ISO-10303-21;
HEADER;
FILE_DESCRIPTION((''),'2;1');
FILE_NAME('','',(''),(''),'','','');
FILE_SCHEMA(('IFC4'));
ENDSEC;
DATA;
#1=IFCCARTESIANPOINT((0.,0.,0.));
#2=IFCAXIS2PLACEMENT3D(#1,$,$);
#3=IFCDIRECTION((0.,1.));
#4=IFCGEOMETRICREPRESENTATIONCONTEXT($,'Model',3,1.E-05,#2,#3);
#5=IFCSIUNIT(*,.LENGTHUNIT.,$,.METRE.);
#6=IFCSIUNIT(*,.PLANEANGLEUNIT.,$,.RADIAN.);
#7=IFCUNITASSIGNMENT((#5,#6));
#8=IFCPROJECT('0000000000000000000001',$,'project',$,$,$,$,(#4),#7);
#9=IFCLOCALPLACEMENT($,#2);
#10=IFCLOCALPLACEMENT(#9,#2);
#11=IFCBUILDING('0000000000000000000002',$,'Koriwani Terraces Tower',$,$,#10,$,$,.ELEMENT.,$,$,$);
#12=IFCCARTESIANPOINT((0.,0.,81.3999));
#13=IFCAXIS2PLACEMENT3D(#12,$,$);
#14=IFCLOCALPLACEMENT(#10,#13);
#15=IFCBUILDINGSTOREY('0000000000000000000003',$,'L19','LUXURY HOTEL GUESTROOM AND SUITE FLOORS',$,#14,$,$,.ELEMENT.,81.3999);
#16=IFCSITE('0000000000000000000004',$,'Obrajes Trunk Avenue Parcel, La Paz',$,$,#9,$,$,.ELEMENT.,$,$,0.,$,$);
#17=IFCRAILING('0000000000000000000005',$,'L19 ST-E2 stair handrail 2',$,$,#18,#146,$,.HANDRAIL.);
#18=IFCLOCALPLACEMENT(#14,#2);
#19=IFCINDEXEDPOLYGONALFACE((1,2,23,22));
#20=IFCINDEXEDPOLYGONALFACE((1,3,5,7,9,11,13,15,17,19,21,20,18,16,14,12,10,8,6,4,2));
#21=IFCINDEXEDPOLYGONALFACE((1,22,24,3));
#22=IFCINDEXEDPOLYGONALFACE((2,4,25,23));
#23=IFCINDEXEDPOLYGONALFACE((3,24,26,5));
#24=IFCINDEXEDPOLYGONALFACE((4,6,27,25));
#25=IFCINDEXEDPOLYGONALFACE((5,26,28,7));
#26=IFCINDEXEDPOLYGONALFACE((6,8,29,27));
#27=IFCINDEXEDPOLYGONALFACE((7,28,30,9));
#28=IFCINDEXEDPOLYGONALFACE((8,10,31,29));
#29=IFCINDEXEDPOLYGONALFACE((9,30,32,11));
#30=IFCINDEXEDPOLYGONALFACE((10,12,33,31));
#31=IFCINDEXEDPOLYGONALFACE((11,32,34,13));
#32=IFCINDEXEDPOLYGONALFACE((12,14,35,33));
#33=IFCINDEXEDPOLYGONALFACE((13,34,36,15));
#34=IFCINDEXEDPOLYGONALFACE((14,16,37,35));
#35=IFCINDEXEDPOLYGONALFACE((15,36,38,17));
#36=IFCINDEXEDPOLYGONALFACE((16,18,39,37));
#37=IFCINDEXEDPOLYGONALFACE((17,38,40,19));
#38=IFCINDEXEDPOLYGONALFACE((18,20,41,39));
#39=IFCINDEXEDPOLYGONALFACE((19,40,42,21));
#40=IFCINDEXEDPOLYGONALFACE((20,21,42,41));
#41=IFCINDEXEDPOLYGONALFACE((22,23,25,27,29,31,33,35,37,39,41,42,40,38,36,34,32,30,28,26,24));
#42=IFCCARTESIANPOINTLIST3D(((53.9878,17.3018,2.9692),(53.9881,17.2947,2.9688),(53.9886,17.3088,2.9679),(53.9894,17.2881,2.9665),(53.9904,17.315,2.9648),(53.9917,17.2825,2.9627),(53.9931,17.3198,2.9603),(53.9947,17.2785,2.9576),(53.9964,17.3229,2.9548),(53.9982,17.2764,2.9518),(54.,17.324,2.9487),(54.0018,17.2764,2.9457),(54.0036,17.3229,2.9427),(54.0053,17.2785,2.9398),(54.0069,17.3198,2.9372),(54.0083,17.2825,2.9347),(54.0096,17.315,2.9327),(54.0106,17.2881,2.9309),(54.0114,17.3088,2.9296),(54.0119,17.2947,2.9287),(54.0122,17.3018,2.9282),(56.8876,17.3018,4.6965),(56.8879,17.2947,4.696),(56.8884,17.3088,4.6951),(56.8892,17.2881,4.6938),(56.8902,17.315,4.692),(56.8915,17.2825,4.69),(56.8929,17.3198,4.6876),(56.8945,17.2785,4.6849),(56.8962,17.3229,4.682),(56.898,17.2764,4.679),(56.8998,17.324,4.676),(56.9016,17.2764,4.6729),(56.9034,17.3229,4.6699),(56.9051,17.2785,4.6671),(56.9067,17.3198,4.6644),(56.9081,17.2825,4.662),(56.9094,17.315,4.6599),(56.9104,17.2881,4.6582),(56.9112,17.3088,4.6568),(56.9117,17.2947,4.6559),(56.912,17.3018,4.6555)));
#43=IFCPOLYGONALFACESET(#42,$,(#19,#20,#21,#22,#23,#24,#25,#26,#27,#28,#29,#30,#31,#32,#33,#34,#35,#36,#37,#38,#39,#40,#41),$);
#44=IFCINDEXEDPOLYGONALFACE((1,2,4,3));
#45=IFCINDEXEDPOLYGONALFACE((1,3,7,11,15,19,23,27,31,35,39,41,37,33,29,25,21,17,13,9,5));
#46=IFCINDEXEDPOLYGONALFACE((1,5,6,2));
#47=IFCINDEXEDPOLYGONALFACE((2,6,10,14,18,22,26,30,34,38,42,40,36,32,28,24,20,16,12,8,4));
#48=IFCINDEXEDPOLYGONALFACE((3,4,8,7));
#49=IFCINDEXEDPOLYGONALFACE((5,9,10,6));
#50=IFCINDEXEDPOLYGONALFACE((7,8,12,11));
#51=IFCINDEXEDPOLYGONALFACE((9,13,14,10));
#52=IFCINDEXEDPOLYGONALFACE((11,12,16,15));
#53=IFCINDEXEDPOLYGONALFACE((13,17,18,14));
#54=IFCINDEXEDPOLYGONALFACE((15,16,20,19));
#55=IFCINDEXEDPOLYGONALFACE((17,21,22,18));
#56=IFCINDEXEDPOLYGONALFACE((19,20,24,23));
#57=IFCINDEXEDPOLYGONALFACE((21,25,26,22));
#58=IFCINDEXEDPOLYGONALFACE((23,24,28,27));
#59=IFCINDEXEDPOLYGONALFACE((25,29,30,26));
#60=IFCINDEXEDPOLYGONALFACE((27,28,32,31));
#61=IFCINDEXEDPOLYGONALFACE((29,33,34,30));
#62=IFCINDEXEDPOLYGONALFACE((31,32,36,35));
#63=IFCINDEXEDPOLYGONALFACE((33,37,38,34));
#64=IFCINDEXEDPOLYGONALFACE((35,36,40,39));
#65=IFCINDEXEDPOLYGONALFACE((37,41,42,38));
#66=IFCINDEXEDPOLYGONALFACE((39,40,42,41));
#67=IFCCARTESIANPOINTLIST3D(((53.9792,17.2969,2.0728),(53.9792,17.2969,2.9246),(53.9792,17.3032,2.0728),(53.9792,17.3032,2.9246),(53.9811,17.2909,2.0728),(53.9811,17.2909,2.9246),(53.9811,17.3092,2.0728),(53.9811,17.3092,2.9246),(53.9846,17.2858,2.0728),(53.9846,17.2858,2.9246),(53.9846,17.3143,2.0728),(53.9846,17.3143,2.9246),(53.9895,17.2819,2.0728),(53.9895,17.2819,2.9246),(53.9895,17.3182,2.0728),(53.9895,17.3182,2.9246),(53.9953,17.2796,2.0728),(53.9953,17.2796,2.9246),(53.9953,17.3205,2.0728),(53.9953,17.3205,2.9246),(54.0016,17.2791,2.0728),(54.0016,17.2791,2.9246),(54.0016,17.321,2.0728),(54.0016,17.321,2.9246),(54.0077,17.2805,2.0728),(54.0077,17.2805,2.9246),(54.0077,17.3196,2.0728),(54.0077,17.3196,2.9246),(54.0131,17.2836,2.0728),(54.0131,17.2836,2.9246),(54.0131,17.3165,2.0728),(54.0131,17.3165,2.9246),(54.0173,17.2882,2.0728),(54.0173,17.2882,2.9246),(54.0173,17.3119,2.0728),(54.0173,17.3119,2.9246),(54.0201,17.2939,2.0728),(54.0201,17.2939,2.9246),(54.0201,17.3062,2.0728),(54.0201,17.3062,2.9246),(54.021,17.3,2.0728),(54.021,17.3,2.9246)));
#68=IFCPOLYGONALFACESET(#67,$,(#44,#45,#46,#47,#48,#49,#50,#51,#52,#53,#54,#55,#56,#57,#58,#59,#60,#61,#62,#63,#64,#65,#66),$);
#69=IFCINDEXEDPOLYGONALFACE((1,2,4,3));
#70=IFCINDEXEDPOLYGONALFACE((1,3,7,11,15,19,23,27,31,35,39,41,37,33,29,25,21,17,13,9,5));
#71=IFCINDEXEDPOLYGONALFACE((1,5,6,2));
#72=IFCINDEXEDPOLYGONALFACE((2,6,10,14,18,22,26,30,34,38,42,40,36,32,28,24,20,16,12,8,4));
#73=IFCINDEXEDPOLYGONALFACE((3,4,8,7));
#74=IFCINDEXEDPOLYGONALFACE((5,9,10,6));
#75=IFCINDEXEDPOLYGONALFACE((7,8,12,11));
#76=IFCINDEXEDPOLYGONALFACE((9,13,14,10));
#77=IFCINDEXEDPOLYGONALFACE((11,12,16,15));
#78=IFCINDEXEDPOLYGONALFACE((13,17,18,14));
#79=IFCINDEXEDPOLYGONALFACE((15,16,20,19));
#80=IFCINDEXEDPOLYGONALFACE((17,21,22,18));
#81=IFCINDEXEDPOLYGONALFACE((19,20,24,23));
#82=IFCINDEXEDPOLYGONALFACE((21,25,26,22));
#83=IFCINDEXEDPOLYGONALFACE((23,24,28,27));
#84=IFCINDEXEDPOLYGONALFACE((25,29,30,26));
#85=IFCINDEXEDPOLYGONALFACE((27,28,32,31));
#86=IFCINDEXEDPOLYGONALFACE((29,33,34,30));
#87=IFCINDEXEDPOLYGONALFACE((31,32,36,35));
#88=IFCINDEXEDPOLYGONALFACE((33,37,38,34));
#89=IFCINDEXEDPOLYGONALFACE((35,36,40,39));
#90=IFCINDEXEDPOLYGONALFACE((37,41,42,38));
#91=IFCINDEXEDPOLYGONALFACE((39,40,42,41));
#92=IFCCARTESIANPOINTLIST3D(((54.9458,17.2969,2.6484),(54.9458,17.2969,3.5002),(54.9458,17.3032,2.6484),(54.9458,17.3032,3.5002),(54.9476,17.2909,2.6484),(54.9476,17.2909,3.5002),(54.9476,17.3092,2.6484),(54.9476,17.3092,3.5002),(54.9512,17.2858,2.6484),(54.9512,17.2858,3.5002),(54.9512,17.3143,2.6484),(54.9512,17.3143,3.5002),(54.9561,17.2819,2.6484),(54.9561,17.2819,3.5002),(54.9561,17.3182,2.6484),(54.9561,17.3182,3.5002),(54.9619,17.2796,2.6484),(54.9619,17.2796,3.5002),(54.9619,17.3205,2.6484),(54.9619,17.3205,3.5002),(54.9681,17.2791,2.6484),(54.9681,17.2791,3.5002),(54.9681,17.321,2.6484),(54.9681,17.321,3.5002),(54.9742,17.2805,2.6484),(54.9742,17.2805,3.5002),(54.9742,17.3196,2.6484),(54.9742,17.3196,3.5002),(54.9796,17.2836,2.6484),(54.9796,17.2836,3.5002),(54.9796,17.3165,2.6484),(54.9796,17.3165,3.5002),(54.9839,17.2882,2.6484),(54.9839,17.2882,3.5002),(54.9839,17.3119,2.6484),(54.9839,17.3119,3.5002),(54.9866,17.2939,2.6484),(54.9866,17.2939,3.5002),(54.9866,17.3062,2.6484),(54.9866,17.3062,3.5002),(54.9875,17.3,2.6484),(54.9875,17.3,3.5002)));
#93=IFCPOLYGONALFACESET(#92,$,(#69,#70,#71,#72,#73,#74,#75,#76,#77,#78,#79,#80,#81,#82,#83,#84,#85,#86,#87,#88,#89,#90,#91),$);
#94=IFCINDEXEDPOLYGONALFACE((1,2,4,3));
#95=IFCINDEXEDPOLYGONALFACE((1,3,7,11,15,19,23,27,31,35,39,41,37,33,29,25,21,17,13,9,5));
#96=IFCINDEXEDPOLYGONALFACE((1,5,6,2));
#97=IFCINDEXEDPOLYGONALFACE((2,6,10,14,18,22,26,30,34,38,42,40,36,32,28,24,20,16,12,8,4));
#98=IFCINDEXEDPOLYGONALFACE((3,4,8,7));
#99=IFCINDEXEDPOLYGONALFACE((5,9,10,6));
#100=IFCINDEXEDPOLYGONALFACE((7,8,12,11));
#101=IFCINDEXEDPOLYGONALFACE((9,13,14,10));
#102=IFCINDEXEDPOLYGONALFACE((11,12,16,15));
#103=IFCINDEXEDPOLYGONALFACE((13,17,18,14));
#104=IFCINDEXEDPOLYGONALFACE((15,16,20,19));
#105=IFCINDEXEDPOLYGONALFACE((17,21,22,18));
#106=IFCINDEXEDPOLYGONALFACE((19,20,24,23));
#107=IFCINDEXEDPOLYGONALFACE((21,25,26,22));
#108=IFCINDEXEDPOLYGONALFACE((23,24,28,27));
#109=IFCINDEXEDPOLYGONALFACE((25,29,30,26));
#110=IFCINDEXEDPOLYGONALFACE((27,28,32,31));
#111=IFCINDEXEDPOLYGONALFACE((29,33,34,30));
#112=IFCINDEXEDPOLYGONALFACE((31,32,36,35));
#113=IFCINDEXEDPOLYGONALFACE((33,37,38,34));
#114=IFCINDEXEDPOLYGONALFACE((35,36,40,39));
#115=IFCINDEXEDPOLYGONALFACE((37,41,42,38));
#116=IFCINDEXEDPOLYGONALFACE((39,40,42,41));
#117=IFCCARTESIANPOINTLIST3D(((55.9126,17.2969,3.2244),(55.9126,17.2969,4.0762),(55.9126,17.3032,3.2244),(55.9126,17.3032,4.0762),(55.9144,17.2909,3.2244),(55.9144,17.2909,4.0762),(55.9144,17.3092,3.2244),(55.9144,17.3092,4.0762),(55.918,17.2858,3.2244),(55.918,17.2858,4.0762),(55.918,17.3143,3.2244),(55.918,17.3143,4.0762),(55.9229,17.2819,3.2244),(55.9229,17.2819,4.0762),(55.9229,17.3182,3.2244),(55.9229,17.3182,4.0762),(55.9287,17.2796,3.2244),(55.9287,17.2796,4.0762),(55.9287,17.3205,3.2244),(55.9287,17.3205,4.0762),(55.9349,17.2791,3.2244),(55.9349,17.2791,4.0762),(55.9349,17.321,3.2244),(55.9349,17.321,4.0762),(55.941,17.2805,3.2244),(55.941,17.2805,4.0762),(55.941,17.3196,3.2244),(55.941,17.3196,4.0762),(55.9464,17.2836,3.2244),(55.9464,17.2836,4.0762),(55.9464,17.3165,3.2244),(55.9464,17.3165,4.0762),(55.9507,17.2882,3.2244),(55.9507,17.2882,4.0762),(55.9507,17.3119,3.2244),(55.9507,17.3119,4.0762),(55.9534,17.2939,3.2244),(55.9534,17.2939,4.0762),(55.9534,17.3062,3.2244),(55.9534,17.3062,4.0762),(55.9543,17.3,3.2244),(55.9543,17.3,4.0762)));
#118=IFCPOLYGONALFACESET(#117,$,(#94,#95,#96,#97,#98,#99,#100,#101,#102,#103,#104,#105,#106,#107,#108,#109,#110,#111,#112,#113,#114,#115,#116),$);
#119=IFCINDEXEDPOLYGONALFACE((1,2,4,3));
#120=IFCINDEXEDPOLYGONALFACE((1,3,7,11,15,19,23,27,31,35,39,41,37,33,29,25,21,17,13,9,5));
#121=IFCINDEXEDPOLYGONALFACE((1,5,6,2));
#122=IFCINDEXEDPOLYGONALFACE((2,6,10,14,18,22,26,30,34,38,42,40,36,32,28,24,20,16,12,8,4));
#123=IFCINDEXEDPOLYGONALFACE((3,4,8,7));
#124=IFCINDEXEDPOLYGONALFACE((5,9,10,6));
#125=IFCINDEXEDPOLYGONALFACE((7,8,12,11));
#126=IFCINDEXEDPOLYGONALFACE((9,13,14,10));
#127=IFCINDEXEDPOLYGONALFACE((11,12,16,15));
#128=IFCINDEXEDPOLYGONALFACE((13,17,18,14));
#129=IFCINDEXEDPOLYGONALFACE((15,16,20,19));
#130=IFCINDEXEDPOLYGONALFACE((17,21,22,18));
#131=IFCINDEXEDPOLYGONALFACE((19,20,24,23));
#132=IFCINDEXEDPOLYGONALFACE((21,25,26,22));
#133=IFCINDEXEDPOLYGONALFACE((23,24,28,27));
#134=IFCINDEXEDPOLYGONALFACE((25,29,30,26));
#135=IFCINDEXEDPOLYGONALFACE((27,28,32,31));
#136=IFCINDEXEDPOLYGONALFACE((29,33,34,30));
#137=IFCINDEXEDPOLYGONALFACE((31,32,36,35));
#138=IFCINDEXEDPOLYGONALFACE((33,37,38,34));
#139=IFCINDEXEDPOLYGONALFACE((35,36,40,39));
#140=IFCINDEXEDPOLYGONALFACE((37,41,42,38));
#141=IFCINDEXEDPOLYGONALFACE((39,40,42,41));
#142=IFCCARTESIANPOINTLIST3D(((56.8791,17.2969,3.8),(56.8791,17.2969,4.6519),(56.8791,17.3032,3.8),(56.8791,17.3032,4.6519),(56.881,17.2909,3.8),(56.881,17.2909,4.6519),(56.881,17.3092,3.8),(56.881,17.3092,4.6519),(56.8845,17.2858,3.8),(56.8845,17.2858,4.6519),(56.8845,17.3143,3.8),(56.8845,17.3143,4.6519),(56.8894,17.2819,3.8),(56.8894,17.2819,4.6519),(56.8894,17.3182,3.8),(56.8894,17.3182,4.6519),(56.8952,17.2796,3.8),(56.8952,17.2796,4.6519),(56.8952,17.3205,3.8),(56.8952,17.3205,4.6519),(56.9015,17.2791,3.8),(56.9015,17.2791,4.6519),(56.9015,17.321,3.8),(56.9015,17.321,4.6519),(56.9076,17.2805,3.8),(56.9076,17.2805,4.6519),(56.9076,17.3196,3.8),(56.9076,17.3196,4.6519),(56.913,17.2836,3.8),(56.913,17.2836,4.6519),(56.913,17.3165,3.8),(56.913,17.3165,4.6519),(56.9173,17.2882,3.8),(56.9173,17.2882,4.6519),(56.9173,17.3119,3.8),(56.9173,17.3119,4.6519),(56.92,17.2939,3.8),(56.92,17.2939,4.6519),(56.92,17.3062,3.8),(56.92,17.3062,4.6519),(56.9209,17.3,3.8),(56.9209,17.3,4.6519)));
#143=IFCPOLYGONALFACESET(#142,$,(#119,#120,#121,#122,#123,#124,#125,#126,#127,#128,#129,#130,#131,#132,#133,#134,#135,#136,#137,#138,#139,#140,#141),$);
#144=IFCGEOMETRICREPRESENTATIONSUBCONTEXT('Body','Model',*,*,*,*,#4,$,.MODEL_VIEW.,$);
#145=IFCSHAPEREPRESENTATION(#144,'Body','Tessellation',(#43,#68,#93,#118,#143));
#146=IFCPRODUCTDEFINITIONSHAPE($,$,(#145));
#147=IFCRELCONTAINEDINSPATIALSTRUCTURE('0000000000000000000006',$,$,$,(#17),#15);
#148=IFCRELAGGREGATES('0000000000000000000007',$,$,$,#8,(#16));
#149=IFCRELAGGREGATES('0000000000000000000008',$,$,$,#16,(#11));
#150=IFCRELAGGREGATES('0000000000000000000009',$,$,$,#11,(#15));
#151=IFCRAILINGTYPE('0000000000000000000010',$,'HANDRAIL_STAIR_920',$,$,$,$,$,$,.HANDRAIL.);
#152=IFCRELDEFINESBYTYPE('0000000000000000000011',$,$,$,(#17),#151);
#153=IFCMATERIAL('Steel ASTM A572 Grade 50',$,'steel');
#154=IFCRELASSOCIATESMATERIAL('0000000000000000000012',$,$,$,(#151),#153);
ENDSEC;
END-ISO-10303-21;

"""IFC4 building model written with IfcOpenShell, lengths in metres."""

from ifc_helpers import new_model, si_unit, direction, frame, origin, origin_2d, place, context, subcontext, project, spatial, circle, extrude, material, type_object, element, save


model = new_model("IFC4")

# Units and contexts
model_context = context("Model", 3, precision=1e-05, world=origin(), true_north=direction((0.0, 1.0)))
body_context = subcontext(model_context, "Body", "Model", "MODEL_VIEW")
ifc_project = project(units=[si_unit("LENGTHUNIT", "METRE"), si_unit("PLANEANGLEUNIT", "RADIAN")], contexts=[model_context])

# Site, building, storey
site_placement = place(None, origin())
site = spatial("IfcSite", under=ifc_project, at=site_placement, Name="Obrajes Trunk Avenue Parcel, La Paz", CompositionType="ELEMENT", RefElevation=0.0)
building_placement = place(site_placement, origin())
building = spatial("IfcBuilding", under=site, at=building_placement, Name="Koriwani Terraces Tower", CompositionType="ELEMENT")
storey_placement = place(building_placement, frame((0.0, 0.0, 81.3999)))
storey = spatial("IfcBuildingStorey", under=building, at=storey_placement, Name="L19", Description="LUXURY HOTEL GUESTROOM AND SUITE FLOORS", CompositionType="ELEMENT", Elevation=81.3999)

# Shared definitions
ifc_material_1 = material(Name="Steel ASTM A572 Grade 50", Category="steel")

# Railing
railing_type = type_object("IfcRailingType", Name="HANDRAIL_STAIR_920", PredefinedType="HANDRAIL", material=ifc_material_1)
railing_placement = place(storey_placement, frame((54.0, 17.3, 2.0728)))
element("IfcRailing", 1, at=railing_placement, inside=storey, type_object=railing_type, Name="L19 ST-E2 stair handrail 2", PredefinedType="HANDRAIL", context=body_context, shape_type="SweptSolid", body=[
    extrude(circle(Radius=0.0239, at=origin_2d()), frame((0.0, 0.0, 0.876), z_axis=(0.859141, 0.0, 0.511738), x_axis=(0.0, 1.0, 0.0)), (0.0, 0.0, 1.0), 3.3752),
    extrude(circle(Radius=0.021, at=origin_2d()), origin(), (0.0, 0.0, 1.0), 0.8518),
    extrude(circle(Radius=0.021, at=origin_2d()), frame((0.9666, 0.0, 0.5757)), (0.0, 0.0, 1.0), 0.8518),
    extrude(circle(Radius=0.021, at=origin_2d()), frame((1.9333, 0.0, 1.1516)), (0.0, 0.0, 1.0), 0.8518),
    extrude(circle(Radius=0.021, at=origin_2d()), frame((2.8999, 0.0, 1.7273)), (0.0, 0.0, 1.0), 0.8518),
])

save(model, "model.ifc")
